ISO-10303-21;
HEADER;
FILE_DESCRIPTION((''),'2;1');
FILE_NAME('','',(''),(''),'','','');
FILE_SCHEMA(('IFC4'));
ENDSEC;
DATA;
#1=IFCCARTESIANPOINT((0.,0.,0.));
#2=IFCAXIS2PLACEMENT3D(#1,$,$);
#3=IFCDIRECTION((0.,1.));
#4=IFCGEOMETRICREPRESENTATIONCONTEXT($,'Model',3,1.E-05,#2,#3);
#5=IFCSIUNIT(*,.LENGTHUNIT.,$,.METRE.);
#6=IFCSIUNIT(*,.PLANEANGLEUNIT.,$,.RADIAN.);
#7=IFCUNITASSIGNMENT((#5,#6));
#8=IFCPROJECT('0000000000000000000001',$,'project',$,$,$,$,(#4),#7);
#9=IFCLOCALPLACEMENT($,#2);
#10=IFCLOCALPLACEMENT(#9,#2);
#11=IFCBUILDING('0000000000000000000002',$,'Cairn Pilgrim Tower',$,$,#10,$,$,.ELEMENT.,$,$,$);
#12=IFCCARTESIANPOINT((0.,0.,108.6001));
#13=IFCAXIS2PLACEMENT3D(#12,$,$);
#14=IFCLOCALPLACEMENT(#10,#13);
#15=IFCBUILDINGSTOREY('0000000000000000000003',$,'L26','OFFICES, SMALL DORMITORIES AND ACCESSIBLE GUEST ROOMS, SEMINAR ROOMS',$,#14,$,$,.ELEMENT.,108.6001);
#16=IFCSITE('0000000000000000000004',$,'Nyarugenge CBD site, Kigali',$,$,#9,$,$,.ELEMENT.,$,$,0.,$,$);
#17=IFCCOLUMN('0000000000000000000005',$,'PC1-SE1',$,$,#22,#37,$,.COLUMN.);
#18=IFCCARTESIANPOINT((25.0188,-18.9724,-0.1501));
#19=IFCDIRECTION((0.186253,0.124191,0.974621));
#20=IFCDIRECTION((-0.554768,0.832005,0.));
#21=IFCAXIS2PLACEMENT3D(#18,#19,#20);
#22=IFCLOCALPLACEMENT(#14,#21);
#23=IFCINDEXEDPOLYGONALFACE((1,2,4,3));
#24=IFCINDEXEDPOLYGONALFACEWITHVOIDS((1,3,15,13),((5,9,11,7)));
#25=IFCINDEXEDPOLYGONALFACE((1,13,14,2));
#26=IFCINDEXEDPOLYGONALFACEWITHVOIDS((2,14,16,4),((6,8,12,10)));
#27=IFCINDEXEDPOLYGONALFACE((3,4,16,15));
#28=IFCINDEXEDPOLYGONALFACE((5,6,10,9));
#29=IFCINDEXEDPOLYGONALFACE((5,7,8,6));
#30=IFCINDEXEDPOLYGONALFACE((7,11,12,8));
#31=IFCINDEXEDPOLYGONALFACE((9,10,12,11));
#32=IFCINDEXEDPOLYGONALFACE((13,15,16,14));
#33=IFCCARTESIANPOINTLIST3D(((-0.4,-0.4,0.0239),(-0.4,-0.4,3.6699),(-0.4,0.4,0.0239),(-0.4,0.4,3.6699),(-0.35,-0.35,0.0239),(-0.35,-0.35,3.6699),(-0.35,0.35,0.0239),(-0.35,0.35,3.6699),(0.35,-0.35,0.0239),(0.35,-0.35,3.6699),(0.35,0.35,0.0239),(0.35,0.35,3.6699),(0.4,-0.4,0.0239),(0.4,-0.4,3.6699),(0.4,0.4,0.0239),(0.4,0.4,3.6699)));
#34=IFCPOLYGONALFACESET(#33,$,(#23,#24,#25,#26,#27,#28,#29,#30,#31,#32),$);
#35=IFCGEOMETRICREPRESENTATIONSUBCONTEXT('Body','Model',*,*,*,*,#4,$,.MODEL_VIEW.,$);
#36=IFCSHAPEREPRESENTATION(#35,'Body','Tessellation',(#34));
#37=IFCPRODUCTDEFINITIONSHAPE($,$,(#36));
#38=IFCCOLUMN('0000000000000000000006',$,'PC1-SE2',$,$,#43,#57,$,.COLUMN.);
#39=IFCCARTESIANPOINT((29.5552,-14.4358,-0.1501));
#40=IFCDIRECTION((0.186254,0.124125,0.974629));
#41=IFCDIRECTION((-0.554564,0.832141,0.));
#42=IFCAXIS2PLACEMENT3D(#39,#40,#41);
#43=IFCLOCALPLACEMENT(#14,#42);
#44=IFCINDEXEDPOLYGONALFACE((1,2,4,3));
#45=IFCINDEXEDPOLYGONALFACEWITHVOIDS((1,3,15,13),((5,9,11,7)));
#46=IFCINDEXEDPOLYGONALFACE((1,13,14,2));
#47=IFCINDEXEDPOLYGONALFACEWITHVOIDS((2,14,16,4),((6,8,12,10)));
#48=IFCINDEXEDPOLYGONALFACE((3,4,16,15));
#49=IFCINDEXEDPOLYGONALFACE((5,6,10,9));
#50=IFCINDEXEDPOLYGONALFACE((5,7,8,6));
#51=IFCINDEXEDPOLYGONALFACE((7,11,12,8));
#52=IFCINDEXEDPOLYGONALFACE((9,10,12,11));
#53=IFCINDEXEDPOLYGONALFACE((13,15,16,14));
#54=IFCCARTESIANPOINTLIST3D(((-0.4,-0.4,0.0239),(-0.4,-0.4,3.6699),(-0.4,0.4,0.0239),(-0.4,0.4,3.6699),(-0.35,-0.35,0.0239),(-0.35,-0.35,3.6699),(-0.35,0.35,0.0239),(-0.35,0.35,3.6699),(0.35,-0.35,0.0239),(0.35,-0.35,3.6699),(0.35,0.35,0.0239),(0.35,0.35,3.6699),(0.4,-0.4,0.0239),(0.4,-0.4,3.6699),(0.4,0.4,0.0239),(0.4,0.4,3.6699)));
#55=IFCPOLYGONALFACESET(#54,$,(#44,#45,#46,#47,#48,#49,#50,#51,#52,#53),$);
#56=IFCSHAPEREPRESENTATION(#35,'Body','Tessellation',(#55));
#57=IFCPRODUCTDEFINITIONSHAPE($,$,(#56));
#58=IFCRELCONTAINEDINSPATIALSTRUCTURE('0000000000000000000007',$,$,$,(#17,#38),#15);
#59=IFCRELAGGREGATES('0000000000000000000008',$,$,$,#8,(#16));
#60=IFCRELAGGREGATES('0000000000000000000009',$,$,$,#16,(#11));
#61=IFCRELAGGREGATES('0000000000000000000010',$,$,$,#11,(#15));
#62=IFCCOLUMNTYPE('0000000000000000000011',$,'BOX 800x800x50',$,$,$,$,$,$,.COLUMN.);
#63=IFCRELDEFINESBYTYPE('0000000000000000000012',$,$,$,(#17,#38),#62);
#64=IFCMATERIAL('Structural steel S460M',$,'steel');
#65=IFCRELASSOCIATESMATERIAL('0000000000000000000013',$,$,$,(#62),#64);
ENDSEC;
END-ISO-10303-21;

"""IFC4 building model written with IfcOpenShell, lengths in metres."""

from ifc_helpers import new_model, si_unit, direction, frame, origin, origin_2d, place, context, subcontext, project, spatial, hollow_rectangle, extrude, clip, halfspace, material, material_profile, profile_set, type_object, element, save


model = new_model("IFC4")

# Units and contexts
model_context = context("Model", 3, precision=1e-05, world=origin(), true_north=direction((0.0, 1.0)))
body_context = subcontext(model_context, "Body", "Model", "MODEL_VIEW")
ifc_project = project(units=[si_unit("LENGTHUNIT", "METRE"), si_unit("PLANEANGLEUNIT", "RADIAN")], contexts=[model_context])

# Site, building, storey
site_placement = place(None, origin())
site = spatial("IfcSite", under=ifc_project, at=site_placement, Name="Nyarugenge CBD site, Kigali", CompositionType="ELEMENT", RefElevation=0.0)
building_placement = place(site_placement, origin())
building = spatial("IfcBuilding", under=site, at=building_placement, Name="Cairn Pilgrim Tower", CompositionType="ELEMENT")
storey_placement = place(building_placement, frame((0.0, 0.0, 108.6001)))
storey = spatial("IfcBuildingStorey", under=building, at=storey_placement, Name="L26", Description="OFFICES, SMALL DORMITORIES AND ACCESSIBLE GUEST ROOMS, SEMINAR ROOMS", CompositionType="ELEMENT", Elevation=108.6001)

# Columns
ifc_material_1 = material(Name="Structural steel S460M", Category="steel")
ifc_material_profile_1 = material_profile(ifc_material_1, hollow_rectangle(XDim=0.8, YDim=0.8, WallThickness=0.05, at=origin_2d()), Name="BOX 800x800x50")
ifc_profile_set_1 = profile_set([ifc_material_profile_1], Name="Structural steel S460M")
column_type = type_object("IfcColumnType", Name="BOX 800x800x50", PredefinedType="COLUMN", material=ifc_profile_set_1)
for number, where, z_axis, x_axis, name in (
    (1, (25.0188, -18.9724, -0.1501), (0.186253, 0.124191, 0.974621), (-0.554768, 0.832005, 0.0), "PC1-SE1"),
    (2, (29.5552, -14.4358, -0.1501), (0.186254, 0.124125, 0.974629), (-0.554564, 0.832141, 0.0), "PC1-SE2"),
):
    element("IfcColumn", number, at=place(storey_placement, frame(where, z_axis=z_axis, x_axis=x_axis)), inside=storey, type_object=column_type, Name=name, PredefinedType="COLUMN", context=body_context, shape_type="Clipping", body=[
        clip(clip(extrude(hollow_rectangle(XDim=0.8, YDim=0.8, WallThickness=0.05, at=origin_2d()), origin(), (0.0, 0.0, 1.0), 3.6938), halfspace(frame((0.0, 0.0, 0.0239), z_axis=(0.0, 0.0, 1.0), x_axis=(1.0, 0.0, 0.0)), True)), halfspace(frame((0.0, 0.0, 3.6699), z_axis=(0.0, 0.0, 1.0), x_axis=(1.0, 0.0, 0.0)), False)),
    ])

save(model, "model.ifc")
